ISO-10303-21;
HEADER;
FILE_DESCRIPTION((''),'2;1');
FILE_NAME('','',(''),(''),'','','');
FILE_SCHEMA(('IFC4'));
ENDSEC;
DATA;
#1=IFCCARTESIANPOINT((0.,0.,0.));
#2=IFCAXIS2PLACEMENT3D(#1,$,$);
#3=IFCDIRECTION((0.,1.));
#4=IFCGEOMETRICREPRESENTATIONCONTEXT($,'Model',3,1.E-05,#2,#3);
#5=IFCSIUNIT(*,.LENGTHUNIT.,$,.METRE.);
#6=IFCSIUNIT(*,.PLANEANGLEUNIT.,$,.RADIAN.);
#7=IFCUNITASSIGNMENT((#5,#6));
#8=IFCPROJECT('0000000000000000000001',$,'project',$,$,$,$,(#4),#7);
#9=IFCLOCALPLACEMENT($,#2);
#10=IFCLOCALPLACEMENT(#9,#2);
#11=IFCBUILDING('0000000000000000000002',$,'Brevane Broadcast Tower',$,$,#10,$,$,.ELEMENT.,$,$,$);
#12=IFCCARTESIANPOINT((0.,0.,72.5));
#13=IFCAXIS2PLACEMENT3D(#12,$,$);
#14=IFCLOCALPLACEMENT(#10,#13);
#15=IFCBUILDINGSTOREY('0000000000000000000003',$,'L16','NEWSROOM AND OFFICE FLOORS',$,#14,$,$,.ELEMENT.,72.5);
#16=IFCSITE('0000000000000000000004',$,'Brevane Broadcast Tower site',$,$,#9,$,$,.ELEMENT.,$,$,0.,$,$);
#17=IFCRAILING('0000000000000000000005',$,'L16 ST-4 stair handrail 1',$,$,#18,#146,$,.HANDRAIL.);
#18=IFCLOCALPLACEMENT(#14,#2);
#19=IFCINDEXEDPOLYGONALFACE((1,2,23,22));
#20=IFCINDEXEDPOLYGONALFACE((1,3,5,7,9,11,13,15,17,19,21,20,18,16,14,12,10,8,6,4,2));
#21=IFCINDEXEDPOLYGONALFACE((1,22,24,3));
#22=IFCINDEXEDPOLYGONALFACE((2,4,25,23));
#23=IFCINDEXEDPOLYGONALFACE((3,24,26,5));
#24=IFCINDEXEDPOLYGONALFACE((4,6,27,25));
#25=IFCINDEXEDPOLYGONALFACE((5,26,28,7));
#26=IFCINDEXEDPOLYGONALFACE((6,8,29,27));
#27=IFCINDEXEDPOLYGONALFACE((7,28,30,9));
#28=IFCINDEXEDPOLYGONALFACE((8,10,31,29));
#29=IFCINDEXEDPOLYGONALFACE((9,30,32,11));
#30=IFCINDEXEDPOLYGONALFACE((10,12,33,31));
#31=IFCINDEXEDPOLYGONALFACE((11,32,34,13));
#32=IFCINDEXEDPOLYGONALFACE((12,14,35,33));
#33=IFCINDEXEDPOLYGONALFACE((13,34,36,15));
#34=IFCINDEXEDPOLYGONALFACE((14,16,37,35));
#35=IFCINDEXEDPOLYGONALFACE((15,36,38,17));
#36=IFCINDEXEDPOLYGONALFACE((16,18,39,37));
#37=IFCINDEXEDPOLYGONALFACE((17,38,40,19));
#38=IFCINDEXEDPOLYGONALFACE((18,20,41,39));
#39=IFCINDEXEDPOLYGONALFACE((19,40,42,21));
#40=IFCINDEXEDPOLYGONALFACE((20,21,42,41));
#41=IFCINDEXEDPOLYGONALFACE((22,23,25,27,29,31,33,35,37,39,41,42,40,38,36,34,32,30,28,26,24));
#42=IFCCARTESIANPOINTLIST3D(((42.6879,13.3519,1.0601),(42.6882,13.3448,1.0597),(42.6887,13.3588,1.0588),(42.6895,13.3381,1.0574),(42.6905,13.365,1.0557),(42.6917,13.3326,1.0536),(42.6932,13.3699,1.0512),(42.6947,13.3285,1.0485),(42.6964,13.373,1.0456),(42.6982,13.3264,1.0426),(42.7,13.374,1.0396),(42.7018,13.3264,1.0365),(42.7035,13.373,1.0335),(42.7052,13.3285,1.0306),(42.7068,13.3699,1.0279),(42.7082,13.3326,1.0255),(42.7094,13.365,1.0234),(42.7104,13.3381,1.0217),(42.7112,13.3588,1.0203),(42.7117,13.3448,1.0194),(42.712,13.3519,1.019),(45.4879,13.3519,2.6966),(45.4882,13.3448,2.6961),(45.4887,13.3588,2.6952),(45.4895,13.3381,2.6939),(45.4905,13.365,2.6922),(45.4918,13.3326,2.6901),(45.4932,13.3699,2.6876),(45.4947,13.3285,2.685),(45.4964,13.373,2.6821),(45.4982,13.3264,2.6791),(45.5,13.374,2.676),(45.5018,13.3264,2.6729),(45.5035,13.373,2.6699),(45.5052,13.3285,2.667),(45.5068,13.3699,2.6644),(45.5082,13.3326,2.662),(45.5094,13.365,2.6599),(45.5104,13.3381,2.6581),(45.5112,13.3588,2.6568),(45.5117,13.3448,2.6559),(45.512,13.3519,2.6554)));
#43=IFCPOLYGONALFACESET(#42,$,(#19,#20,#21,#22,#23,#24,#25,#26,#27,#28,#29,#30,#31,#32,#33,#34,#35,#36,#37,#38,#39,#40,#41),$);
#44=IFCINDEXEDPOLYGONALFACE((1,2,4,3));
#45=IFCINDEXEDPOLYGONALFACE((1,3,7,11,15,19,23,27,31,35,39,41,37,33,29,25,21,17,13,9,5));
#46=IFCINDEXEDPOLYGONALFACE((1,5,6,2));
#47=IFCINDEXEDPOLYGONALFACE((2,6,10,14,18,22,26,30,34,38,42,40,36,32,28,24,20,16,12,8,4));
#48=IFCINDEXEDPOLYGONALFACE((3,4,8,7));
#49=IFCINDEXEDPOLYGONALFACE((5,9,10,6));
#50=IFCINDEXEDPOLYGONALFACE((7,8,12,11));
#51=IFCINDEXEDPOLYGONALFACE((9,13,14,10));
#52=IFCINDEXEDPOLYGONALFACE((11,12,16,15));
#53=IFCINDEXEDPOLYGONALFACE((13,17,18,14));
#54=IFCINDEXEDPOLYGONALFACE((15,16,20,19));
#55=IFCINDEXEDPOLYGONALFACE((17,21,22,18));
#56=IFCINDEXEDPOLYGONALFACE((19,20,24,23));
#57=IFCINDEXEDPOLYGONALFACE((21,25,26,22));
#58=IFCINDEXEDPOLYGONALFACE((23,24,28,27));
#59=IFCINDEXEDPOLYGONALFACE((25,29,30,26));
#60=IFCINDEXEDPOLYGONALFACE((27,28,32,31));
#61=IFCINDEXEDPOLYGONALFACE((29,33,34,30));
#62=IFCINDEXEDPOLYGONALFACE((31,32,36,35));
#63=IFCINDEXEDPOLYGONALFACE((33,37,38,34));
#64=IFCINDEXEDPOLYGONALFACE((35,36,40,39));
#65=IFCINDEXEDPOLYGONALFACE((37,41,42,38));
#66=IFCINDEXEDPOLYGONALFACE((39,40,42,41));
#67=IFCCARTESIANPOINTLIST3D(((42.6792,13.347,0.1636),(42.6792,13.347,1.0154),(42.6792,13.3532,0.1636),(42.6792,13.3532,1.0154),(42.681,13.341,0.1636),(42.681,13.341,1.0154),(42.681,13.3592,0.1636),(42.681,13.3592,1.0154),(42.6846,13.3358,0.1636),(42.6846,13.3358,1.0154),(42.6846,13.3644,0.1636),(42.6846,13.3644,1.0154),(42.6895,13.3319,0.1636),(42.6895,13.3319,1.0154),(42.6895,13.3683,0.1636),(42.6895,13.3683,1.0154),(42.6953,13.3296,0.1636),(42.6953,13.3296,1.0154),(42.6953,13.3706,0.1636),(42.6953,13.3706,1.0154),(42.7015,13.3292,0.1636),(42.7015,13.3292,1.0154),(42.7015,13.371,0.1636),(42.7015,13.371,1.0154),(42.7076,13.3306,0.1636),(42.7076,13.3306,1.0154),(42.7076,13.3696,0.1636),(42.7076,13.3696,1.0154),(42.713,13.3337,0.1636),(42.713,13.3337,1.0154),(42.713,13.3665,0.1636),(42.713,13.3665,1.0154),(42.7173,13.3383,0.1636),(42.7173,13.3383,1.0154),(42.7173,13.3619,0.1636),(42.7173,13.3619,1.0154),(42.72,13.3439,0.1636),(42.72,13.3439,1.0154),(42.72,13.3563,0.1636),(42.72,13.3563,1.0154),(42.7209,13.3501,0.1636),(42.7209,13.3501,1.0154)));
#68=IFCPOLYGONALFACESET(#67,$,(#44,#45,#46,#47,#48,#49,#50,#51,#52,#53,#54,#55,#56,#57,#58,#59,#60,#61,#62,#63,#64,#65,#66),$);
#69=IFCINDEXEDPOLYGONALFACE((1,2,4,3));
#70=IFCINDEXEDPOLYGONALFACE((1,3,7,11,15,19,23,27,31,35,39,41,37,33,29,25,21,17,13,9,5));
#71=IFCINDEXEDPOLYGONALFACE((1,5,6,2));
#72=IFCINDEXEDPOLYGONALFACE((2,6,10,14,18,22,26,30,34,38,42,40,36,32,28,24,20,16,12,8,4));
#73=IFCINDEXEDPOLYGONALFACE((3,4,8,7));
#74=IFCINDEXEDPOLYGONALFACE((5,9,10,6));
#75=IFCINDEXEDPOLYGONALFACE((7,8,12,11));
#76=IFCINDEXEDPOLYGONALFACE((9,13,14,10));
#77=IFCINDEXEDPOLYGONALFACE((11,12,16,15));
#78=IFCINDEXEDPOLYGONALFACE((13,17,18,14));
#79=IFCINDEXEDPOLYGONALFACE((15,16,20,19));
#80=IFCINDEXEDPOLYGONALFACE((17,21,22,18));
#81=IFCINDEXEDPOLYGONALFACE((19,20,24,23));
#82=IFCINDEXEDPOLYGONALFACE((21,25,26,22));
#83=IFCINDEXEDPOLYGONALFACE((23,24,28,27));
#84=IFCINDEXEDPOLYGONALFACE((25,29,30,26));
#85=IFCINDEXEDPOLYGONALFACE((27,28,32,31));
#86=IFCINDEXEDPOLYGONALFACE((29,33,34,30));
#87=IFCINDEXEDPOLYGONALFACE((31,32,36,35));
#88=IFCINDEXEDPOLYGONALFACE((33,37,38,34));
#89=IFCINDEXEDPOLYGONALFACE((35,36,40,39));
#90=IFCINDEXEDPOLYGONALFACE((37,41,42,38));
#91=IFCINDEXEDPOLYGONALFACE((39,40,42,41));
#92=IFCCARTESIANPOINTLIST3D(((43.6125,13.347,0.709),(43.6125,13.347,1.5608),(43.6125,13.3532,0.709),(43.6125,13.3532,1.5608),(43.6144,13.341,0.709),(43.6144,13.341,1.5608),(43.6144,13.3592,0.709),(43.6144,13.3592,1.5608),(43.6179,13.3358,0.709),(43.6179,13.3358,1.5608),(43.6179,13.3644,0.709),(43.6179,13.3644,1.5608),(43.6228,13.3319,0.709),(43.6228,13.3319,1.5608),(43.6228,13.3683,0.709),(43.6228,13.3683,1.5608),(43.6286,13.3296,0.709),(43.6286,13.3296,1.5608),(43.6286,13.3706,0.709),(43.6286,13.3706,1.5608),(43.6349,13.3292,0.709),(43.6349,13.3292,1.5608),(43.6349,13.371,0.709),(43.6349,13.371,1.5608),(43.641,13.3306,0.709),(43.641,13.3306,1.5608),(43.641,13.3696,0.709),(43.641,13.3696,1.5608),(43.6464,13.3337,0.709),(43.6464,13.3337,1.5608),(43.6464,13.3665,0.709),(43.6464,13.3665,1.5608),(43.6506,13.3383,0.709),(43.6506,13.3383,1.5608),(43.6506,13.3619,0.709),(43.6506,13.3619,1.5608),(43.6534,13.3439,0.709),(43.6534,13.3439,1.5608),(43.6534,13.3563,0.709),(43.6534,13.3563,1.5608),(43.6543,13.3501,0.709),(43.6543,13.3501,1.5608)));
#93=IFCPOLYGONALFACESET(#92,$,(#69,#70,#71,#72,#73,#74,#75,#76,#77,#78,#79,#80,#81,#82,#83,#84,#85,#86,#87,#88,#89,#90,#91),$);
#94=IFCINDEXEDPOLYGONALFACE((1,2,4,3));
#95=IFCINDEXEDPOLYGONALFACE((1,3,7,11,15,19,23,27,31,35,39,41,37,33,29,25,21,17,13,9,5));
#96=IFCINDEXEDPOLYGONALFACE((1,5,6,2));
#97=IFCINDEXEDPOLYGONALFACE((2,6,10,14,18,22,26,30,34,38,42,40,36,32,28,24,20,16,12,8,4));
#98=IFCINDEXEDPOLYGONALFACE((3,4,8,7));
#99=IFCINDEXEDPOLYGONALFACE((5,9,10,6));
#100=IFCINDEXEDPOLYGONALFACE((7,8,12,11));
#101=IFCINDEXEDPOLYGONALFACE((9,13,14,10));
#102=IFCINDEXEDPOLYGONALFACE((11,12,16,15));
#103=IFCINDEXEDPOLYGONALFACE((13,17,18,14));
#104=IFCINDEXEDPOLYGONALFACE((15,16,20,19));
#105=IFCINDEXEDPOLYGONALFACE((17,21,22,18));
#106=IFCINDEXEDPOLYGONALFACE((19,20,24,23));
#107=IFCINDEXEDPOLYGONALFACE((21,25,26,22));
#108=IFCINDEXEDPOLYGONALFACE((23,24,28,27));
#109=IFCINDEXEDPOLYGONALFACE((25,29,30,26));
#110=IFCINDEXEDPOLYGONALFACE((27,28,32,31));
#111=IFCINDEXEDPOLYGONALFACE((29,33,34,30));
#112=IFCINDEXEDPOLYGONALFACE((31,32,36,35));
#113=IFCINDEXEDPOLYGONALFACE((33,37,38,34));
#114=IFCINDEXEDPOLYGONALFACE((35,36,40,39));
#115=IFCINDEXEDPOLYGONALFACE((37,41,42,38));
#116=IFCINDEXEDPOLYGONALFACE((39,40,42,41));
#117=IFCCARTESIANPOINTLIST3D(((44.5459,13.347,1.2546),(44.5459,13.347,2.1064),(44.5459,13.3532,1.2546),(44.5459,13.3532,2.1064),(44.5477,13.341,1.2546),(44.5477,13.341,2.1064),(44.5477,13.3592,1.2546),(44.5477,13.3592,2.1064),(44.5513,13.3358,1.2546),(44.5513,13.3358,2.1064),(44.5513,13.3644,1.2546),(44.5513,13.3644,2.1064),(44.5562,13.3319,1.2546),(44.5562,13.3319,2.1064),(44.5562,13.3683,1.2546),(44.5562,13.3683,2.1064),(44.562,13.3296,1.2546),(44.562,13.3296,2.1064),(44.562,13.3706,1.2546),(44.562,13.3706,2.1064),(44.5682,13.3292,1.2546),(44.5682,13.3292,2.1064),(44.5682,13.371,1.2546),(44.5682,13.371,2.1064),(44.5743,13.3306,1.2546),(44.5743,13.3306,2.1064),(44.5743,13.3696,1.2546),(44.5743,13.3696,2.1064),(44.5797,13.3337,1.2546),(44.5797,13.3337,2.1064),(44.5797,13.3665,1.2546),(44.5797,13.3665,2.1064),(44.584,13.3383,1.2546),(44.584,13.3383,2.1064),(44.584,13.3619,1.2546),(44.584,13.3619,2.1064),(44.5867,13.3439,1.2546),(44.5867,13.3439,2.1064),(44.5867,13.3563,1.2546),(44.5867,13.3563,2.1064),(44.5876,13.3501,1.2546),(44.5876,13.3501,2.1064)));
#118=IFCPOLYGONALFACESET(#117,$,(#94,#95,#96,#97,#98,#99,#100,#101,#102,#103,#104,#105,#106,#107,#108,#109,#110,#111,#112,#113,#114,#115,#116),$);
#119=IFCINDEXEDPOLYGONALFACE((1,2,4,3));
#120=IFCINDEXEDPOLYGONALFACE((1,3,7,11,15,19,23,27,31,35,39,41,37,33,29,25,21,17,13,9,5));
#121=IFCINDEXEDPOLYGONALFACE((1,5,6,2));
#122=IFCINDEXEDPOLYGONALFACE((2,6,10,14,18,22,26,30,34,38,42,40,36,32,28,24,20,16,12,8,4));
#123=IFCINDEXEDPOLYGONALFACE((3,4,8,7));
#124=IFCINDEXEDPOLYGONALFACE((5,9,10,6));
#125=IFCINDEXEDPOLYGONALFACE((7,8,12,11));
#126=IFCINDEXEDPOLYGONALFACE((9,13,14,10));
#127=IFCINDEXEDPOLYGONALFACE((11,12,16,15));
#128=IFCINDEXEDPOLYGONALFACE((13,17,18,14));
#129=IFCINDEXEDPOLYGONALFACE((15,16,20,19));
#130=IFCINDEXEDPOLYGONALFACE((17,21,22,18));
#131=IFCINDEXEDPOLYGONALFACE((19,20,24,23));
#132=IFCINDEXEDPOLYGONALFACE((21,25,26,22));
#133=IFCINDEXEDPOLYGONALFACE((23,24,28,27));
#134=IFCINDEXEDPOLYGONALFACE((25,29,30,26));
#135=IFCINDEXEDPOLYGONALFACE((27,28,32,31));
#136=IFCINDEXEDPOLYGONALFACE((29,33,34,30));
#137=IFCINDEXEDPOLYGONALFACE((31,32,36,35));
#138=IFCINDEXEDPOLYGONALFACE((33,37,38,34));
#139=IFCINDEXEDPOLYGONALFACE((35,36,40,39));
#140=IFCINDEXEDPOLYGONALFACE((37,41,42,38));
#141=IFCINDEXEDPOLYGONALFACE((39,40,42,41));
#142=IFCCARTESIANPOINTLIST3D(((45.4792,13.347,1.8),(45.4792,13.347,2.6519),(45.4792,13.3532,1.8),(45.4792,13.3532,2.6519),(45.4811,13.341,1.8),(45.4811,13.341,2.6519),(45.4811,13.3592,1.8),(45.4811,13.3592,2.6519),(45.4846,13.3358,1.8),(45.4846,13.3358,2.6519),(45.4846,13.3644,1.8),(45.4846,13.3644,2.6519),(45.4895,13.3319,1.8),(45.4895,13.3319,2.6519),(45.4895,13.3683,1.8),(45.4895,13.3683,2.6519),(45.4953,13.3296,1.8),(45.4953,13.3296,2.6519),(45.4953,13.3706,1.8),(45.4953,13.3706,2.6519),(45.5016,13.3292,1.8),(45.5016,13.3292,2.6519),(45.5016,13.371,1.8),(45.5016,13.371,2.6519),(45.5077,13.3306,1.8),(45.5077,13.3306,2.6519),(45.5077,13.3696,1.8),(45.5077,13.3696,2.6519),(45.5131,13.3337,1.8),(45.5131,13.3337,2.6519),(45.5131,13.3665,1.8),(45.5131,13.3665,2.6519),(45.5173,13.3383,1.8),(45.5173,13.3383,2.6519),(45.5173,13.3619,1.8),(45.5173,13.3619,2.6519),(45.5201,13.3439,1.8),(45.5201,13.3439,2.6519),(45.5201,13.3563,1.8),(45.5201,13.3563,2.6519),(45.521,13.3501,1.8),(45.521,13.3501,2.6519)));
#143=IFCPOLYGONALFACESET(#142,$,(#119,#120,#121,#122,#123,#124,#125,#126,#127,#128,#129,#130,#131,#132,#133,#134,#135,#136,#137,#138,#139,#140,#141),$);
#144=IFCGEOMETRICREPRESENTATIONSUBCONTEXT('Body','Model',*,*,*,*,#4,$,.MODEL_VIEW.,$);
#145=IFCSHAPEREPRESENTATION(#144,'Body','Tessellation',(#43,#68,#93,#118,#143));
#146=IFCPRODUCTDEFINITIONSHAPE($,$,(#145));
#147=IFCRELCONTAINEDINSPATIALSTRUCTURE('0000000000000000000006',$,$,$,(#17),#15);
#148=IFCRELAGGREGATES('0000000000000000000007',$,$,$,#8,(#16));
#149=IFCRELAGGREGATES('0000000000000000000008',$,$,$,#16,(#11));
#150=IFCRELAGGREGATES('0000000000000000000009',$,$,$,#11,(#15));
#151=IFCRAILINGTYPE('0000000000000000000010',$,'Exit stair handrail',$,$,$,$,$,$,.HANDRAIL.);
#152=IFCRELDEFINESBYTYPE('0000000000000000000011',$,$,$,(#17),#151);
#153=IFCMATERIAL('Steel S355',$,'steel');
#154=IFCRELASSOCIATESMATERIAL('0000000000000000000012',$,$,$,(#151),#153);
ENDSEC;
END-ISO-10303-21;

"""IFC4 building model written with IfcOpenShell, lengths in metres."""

from ifc_helpers import new_model, si_unit, direction, frame, origin, origin_2d, place, context, subcontext, project, spatial, circle, extrude, material, type_object, element, save


model = new_model("IFC4")

# Units and contexts
model_context = context("Model", 3, precision=1e-05, world=origin(), true_north=direction((0.0, 1.0)))
body_context = subcontext(model_context, "Body", "Model", "MODEL_VIEW")
ifc_project = project(units=[si_unit("LENGTHUNIT", "METRE"), si_unit("PLANEANGLEUNIT", "RADIAN")], contexts=[model_context])

# Site, building, storey
site_placement = place(None, origin())
site = spatial("IfcSite", under=ifc_project, at=site_placement, Name="Brevane Broadcast Tower site", CompositionType="ELEMENT", RefElevation=0.0)
building_placement = place(site_placement, origin())
building = spatial("IfcBuilding", under=site, at=building_placement, Name="Brevane Broadcast Tower", CompositionType="ELEMENT")
storey_placement = place(building_placement, frame((0.0, 0.0, 72.5)))
storey = spatial("IfcBuildingStorey", under=building, at=storey_placement, Name="L16", Description="NEWSROOM AND OFFICE FLOORS", CompositionType="ELEMENT", Elevation=72.5)

# Railing
ifc_material_1 = material(Name="Steel S355", Category="steel")
railing_type_1 = type_object("IfcRailingType", Name="Exit stair handrail", PredefinedType="HANDRAIL", material=ifc_material_1)
railing_1_placement = place(storey_placement, frame((42.7, 13.3501, 0.1636)))
element("IfcRailing", 1, at=railing_1_placement, inside=storey, type_object=railing_type_1, Name="L16 ST-4 stair handrail 1", PredefinedType="HANDRAIL", context=body_context, shape_type="SweptSolid", body=[
    extrude(circle(Radius=0.0239, at=origin_2d()), frame((0.0, 0.0, 0.876), z_axis=(0.863361, 0.0, 0.504587), x_axis=(0.0, 1.0, 0.0)), (0.0, 0.0, 1.0), 3.2432),
    extrude(circle(Radius=0.021, at=origin_2d()), origin(), (0.0, 0.0, 1.0), 0.8518),
    extrude(circle(Radius=0.021, at=origin_2d()), frame((0.9333, 0.0, 0.5454)), (0.0, 0.0, 1.0), 0.8518),
    extrude(circle(Radius=0.021, at=origin_2d()), frame((1.8667, 0.0, 1.0911)), (0.0, 0.0, 1.0), 0.8518),
    extrude(circle(Radius=0.021, at=origin_2d()), frame((2.8, 0.0, 1.6365)), (0.0, 0.0, 1.0), 0.8518),
])

save(model, "model.ifc")
